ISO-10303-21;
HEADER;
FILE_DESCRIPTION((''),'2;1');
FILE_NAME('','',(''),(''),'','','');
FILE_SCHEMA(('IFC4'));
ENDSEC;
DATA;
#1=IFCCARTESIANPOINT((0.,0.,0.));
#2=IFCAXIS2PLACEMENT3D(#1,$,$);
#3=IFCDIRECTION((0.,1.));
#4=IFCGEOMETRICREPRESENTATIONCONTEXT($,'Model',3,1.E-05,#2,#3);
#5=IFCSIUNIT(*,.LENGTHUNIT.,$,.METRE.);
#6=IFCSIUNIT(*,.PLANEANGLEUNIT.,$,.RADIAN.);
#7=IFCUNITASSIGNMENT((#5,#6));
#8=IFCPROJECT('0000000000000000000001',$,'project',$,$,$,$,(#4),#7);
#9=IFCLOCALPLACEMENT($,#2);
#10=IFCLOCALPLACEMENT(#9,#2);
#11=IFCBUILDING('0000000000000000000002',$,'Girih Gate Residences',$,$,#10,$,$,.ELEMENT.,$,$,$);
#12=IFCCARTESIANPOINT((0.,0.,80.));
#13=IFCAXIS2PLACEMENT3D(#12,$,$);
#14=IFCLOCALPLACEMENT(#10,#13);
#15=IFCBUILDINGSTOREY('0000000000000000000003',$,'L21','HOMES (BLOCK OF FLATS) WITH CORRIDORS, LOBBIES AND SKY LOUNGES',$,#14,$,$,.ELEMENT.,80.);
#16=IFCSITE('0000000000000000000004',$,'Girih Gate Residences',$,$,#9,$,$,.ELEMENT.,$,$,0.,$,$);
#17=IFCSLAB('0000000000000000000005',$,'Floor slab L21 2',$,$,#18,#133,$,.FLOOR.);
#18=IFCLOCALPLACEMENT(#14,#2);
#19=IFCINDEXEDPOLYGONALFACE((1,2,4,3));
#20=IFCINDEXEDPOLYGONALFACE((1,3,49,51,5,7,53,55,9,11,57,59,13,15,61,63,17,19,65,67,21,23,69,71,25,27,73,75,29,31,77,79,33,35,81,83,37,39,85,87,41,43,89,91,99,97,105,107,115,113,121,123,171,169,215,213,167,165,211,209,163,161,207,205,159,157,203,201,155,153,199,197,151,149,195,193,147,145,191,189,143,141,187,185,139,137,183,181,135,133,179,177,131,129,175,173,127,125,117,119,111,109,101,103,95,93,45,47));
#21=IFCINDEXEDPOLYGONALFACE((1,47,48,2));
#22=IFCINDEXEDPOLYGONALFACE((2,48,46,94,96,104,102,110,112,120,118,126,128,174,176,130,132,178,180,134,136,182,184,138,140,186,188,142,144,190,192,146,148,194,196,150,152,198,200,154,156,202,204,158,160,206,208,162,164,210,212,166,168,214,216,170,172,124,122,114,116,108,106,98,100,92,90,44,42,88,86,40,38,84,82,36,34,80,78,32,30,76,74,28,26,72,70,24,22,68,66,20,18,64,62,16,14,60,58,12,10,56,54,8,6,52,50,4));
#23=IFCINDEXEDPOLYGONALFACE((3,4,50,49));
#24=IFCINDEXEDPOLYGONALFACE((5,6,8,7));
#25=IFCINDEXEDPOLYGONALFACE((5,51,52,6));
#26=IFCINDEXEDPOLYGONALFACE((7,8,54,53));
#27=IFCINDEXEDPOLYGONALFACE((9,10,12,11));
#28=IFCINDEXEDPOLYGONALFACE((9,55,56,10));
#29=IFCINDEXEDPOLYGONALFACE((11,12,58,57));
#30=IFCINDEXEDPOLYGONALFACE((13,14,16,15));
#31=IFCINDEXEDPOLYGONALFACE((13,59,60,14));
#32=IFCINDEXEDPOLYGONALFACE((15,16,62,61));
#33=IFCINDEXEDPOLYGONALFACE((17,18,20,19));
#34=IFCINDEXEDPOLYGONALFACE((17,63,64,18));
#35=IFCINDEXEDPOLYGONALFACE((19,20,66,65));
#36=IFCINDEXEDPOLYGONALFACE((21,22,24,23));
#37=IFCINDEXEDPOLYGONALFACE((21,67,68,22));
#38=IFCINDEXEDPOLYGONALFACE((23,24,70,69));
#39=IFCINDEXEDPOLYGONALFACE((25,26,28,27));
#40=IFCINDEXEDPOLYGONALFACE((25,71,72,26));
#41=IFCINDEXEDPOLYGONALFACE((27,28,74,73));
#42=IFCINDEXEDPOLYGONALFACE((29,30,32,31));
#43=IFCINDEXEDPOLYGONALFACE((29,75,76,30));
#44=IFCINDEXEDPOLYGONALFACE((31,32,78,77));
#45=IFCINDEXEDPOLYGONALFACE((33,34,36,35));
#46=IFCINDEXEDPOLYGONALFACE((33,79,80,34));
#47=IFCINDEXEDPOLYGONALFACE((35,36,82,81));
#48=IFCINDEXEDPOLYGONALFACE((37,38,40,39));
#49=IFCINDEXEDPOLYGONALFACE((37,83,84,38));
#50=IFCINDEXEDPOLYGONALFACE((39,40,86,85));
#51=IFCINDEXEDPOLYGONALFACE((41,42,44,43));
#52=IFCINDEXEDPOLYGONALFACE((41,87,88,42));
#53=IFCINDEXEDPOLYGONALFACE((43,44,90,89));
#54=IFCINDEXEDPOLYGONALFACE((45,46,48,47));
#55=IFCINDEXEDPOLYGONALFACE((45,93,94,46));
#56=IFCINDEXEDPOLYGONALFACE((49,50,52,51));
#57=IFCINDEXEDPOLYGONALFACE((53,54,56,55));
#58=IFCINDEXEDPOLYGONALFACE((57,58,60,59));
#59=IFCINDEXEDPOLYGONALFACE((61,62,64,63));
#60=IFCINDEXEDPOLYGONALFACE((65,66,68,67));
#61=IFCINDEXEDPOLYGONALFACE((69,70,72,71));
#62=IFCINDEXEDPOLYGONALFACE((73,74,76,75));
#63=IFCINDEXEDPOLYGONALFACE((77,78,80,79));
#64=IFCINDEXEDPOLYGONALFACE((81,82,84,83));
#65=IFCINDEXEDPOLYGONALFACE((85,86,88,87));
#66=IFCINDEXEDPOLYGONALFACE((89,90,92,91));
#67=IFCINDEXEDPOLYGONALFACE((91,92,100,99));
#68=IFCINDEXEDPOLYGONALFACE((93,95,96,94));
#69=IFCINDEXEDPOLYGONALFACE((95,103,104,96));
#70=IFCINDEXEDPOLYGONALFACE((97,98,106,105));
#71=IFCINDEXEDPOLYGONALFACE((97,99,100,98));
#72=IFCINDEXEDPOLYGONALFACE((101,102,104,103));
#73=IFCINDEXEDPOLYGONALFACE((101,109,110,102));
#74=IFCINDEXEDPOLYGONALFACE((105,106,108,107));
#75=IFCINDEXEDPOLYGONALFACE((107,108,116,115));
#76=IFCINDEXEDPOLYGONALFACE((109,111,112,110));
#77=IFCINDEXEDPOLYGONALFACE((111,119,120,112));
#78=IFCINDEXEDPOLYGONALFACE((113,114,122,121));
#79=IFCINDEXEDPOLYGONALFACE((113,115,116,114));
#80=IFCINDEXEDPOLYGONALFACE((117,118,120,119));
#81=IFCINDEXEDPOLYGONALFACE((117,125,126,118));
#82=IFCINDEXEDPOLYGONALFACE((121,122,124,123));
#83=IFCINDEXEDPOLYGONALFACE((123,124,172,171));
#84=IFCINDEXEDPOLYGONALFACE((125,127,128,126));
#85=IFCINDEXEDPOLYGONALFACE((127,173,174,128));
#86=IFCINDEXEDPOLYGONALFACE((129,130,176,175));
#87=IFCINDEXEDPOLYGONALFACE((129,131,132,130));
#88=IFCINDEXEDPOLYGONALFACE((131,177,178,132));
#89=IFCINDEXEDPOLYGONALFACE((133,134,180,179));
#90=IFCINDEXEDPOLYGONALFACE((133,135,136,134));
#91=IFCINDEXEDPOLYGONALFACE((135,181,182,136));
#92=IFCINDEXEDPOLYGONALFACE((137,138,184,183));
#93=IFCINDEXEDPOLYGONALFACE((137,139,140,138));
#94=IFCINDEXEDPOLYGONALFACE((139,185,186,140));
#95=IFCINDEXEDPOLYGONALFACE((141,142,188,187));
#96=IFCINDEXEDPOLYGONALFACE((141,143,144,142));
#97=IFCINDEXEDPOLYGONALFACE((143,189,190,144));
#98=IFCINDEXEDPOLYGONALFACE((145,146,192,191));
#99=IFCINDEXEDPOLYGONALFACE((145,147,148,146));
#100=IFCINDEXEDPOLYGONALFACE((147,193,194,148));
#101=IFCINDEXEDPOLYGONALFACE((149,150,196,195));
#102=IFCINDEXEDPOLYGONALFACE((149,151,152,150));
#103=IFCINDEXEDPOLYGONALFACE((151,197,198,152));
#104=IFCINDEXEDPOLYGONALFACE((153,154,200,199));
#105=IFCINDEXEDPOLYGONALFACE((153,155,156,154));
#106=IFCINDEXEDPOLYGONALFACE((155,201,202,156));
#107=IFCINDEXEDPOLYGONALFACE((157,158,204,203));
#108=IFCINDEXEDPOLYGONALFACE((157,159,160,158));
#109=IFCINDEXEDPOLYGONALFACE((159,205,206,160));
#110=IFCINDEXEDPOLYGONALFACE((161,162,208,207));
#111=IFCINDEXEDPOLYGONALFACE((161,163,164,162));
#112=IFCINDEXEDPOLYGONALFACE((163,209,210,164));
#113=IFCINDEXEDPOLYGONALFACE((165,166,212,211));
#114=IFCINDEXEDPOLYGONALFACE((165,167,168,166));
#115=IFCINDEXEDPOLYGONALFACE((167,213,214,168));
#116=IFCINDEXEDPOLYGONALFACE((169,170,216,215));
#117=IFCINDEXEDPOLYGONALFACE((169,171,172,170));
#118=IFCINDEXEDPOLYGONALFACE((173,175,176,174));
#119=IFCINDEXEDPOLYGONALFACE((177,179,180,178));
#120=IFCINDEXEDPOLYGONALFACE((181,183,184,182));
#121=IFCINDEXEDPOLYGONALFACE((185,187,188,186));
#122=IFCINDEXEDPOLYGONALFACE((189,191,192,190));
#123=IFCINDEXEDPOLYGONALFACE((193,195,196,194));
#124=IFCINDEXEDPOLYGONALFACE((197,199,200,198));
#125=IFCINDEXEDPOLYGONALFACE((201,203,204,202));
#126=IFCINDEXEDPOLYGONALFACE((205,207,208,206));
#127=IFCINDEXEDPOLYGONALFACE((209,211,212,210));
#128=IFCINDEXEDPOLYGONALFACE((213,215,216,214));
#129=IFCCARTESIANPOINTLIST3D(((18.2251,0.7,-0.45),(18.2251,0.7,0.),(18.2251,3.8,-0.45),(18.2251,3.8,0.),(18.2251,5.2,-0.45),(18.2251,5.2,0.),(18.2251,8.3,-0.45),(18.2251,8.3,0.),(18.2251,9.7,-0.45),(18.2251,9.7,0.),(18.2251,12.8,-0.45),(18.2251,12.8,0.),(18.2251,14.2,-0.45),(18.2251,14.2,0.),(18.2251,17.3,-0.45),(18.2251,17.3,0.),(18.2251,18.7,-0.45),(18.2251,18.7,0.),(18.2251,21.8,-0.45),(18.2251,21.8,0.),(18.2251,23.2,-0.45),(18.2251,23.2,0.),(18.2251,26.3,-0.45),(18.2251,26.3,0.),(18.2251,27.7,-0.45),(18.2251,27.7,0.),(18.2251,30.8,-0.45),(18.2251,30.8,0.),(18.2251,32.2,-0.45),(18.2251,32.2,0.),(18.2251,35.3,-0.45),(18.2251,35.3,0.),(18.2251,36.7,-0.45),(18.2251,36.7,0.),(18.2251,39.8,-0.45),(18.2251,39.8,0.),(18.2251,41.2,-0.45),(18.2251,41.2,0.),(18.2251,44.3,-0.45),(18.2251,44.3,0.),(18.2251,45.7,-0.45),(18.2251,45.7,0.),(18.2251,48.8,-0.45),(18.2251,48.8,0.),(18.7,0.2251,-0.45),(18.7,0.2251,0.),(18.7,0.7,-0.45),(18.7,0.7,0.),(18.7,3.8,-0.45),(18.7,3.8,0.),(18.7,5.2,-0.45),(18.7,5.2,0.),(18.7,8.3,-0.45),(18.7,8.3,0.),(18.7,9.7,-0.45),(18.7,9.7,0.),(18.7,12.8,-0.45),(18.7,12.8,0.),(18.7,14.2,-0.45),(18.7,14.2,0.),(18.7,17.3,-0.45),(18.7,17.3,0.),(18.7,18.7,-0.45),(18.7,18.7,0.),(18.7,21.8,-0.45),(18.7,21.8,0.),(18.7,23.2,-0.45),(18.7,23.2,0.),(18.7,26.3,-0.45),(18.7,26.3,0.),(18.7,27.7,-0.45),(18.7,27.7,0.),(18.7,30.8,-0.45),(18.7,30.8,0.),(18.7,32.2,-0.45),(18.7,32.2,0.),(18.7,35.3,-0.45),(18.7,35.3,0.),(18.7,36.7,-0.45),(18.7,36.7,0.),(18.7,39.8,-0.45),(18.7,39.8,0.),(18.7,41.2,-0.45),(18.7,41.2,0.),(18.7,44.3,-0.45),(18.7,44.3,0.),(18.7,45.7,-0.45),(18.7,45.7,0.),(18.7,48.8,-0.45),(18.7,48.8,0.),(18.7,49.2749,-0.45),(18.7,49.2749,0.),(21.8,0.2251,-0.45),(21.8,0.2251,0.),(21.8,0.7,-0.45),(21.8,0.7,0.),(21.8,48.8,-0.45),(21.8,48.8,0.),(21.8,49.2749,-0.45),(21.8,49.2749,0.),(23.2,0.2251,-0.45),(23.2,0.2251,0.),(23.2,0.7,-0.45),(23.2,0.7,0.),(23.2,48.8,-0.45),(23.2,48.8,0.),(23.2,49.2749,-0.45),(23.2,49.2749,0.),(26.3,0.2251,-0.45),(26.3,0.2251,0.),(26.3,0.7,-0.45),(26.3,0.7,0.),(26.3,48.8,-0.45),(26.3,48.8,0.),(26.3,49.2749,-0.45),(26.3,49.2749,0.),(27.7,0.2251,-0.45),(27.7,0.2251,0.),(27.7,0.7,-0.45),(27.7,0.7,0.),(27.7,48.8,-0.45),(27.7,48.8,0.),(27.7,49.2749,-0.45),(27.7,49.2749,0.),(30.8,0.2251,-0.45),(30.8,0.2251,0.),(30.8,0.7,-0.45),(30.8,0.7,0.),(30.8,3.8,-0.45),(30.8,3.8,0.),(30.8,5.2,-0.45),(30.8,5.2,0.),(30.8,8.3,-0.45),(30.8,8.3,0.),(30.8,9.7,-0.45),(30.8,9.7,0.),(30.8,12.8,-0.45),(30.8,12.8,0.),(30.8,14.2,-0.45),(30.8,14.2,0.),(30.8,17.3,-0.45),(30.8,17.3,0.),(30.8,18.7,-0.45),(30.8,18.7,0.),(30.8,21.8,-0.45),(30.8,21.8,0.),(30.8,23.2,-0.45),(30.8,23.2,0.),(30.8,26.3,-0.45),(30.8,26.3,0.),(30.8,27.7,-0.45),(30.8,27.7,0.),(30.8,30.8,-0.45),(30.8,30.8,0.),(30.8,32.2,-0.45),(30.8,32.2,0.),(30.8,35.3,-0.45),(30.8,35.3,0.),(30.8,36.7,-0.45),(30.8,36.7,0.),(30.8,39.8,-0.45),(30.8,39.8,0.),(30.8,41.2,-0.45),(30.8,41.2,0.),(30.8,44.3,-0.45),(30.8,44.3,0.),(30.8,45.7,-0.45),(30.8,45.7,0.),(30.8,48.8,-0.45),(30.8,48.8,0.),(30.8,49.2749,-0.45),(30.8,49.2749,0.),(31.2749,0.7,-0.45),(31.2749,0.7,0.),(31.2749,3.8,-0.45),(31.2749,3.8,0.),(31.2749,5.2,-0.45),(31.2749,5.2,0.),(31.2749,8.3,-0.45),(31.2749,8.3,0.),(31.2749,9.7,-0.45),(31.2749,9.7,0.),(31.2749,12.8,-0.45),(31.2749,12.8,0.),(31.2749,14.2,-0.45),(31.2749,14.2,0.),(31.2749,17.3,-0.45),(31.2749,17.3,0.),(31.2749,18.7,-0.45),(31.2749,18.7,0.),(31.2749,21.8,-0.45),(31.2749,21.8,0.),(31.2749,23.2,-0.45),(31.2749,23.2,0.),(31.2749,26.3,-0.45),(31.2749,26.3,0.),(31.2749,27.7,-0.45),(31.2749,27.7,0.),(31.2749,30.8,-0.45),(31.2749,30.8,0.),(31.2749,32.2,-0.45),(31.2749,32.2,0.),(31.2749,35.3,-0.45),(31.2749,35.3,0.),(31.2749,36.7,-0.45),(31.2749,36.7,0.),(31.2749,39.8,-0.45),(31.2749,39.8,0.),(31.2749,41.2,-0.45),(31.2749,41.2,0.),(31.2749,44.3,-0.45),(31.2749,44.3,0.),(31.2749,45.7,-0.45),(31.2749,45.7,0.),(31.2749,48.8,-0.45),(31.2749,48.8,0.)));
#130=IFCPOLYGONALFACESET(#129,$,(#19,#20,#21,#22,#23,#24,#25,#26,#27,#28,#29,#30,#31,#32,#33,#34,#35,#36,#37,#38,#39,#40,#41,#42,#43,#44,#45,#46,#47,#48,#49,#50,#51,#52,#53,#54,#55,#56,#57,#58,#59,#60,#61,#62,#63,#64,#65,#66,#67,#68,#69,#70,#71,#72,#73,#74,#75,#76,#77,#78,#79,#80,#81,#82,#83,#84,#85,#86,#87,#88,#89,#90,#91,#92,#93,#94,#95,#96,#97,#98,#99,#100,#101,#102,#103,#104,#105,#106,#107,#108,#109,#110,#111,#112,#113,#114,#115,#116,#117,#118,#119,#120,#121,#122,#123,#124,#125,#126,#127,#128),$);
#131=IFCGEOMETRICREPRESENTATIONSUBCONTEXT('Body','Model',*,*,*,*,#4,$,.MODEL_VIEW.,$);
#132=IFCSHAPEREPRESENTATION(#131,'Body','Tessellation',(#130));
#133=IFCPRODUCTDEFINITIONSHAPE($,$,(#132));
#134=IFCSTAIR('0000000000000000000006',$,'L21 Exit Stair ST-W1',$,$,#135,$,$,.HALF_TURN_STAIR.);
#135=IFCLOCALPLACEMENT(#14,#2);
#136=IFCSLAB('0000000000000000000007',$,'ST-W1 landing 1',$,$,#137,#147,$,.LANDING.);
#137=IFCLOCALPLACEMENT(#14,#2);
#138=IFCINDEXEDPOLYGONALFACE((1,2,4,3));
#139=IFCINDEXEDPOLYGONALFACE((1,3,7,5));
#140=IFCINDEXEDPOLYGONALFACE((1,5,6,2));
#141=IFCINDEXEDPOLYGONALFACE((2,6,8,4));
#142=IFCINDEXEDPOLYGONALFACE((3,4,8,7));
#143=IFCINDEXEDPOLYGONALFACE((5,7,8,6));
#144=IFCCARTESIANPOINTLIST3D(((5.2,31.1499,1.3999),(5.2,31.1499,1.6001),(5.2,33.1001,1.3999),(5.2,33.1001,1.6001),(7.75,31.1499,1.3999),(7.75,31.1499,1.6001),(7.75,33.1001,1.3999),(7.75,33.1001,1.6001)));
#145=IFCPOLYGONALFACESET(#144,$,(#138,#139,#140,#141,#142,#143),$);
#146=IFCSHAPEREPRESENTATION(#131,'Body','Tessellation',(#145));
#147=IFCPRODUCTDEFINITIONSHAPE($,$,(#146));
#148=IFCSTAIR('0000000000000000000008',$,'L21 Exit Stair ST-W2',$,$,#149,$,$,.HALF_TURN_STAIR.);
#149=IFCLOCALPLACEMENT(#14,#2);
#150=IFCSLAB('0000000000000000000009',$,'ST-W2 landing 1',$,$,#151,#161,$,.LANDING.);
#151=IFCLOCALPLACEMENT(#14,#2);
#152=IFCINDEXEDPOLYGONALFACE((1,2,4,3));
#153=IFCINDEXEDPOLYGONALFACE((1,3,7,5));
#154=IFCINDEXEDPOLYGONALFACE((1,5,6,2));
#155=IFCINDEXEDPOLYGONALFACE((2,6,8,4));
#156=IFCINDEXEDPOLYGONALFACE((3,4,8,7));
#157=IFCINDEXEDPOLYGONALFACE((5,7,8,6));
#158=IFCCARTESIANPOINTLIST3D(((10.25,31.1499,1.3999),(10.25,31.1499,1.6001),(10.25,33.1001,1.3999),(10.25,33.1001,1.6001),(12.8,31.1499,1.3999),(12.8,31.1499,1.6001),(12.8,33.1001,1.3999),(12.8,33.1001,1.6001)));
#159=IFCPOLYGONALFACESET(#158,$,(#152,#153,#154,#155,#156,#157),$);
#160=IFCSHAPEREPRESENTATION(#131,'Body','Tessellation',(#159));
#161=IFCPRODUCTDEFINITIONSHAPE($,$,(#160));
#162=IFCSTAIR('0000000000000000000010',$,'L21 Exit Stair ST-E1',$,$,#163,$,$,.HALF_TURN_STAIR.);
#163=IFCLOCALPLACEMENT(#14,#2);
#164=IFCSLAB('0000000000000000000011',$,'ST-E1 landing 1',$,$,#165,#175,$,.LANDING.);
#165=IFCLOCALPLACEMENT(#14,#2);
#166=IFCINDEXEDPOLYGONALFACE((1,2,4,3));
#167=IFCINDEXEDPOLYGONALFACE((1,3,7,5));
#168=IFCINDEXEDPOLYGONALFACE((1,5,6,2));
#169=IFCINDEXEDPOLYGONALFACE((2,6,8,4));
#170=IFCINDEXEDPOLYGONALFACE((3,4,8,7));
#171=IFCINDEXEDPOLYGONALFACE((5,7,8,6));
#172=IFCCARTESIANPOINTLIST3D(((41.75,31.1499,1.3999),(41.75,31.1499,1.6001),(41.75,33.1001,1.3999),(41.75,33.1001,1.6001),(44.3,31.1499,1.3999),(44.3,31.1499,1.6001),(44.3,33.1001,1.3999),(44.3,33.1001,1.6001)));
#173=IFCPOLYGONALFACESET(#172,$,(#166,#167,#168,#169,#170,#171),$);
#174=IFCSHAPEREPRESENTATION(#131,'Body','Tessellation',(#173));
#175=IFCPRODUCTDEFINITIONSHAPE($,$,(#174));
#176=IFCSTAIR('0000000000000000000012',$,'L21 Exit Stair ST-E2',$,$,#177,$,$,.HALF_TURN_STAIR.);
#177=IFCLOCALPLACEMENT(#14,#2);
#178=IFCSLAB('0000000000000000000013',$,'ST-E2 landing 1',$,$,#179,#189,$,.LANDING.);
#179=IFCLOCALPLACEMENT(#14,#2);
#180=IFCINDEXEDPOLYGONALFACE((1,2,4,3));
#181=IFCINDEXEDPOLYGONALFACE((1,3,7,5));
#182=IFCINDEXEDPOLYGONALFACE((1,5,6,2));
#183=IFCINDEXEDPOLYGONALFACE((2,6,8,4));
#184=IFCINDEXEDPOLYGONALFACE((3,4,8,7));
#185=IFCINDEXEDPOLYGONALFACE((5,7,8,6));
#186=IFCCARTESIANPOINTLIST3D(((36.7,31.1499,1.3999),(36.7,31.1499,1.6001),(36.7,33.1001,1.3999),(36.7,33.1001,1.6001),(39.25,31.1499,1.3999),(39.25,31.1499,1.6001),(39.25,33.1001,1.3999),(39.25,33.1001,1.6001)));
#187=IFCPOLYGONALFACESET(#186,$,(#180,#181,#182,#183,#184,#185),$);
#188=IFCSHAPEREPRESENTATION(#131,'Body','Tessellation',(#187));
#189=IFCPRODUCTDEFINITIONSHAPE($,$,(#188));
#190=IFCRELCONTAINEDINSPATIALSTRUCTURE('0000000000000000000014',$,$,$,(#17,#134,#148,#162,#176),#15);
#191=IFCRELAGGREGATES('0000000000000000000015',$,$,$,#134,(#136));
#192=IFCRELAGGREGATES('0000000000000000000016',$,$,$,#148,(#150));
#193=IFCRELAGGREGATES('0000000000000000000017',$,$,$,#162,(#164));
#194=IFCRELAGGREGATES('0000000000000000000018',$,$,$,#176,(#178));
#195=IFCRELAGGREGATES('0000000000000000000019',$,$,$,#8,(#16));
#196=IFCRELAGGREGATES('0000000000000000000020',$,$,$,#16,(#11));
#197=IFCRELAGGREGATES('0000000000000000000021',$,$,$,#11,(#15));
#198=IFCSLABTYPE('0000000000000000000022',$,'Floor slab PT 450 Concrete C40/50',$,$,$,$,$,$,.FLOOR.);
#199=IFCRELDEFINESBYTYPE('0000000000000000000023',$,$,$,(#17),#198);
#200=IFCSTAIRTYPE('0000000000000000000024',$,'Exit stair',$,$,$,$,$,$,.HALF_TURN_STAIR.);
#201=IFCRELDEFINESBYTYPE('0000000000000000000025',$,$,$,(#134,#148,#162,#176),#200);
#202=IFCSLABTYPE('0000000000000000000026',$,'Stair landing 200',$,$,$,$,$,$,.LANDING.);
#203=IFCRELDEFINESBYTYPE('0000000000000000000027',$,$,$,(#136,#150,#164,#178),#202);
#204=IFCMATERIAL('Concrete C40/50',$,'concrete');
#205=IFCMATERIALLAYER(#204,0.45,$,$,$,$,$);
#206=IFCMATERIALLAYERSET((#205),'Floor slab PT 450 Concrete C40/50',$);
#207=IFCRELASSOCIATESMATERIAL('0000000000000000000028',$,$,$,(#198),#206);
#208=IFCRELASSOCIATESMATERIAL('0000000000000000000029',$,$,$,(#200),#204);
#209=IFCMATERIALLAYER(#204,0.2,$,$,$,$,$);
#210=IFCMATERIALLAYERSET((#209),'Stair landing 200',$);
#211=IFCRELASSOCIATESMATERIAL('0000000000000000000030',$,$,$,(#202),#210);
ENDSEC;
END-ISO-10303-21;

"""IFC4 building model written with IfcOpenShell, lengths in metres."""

from ifc_helpers import new_model, si_unit, direction, frame, origin, place, context, subcontext, project, spatial, polyline, outline, extrude, material, layer, layer_set, type_object, element, aggregate, save


model = new_model("IFC4")

# Units and contexts
model_context = context("Model", 3, precision=1e-05, world=origin(), true_north=direction((0.0, 1.0)))
body_context = subcontext(model_context, "Body", "Model", "MODEL_VIEW")
ifc_project = project(units=[si_unit("LENGTHUNIT", "METRE"), si_unit("PLANEANGLEUNIT", "RADIAN")], contexts=[model_context])

# Site, building, storey
site_placement = place(None, origin())
site = spatial("IfcSite", under=ifc_project, at=site_placement, Name="Girih Gate Residences", CompositionType="ELEMENT", RefElevation=0.0)
building_placement = place(site_placement, origin())
building = spatial("IfcBuilding", under=site, at=building_placement, Name="Girih Gate Residences", CompositionType="ELEMENT")
storey_placement = place(building_placement, frame((0.0, 0.0, 80.0)))
storey = spatial("IfcBuildingStorey", under=building, at=storey_placement, Name="L21", Description="HOMES (BLOCK OF FLATS) WITH CORRIDORS, LOBBIES AND SKY LOUNGES", CompositionType="ELEMENT", Elevation=80.0)

# Slab
ifc_material_1 = material(Name="Concrete C40/50", Category="concrete")
ifc_layer_1 = layer(ifc_material_1, 0.45)
ifc_layer_set_1 = layer_set([ifc_layer_1], Name="Floor slab PT 450 Concrete C40/50")
slab_type_1 = type_object("IfcSlabType", Name="Floor slab PT 450 Concrete C40/50", PredefinedType="FLOOR", material=ifc_layer_set_1)
slab_1_placement = place(storey_placement, frame((0.0, 0.0, -0.45)))
element("IfcSlab", 1, at=slab_1_placement, inside=storey, type_object=slab_type_1, Name="Floor slab L21 2", PredefinedType="FLOOR", context=body_context, shape_type="SweptSolid", body=[
    extrude(outline(polyline([(21.8, 49.2749), (18.7, 49.2749), (18.7, 48.8), (18.2251, 48.8), (18.2251, 45.7), (18.7, 45.7), (18.7, 44.3), (18.2251, 44.3), (18.2251, 41.2), (18.7, 41.2), (18.7, 39.8), (18.2251, 39.8), (18.2251, 36.7), (18.7, 36.7), (18.7, 35.3), (18.2251, 35.3), (18.2251, 32.2), (18.7, 32.2), (18.7, 30.8), (18.2251, 30.8), (18.2251, 27.7), (18.7, 27.7), (18.7, 26.3), (18.2251, 26.3), (18.2251, 23.2), (18.7, 23.2), (18.7, 21.8), (18.2251, 21.8), (18.2251, 18.7), (18.7, 18.7), (18.7, 17.3), (18.2251, 17.3), (18.2251, 14.2), (18.7, 14.2), (18.7, 12.8), (18.2251, 12.8), (18.2251, 9.7), (18.7, 9.7), (18.7, 8.3), (18.2251, 8.3), (18.2251, 5.2), (18.7, 5.2), (18.7, 3.8), (18.2251, 3.8), (18.2251, 0.7), (18.7, 0.7), (18.7, 0.2251), (21.8, 0.2251), (21.8, 0.7), (23.2, 0.7), (23.2, 0.2251), (26.3, 0.2251), (26.3, 0.7), (27.7, 0.7), (27.7, 0.2251), (30.8, 0.2251), (30.8, 0.7), (31.2749, 0.7), (31.2749, 3.8), (30.8, 3.8), (30.8, 5.2), (31.2749, 5.2), (31.2749, 8.3), (30.8, 8.3), (30.8, 9.7), (31.2749, 9.7), (31.2749, 12.8), (30.8, 12.8), (30.8, 14.2), (31.2749, 14.2), (31.2749, 17.3), (30.8, 17.3), (30.8, 18.7), (31.2749, 18.7), (31.2749, 21.8), (30.8, 21.8), (30.8, 23.2), (31.2749, 23.2), (31.2749, 26.3), (30.8, 26.3), (30.8, 27.7), (31.2749, 27.7), (31.2749, 30.8), (30.8, 30.8), (30.8, 32.2), (31.2749, 32.2), (31.2749, 35.3), (30.8, 35.3), (30.8, 36.7), (31.2749, 36.7), (31.2749, 39.8), (30.8, 39.8), (30.8, 41.2), (31.2749, 41.2), (31.2749, 44.3), (30.8, 44.3), (30.8, 45.7), (31.2749, 45.7), (31.2749, 48.8), (30.8, 48.8), (30.8, 49.2749), (27.7, 49.2749), (27.7, 48.8), (26.3, 48.8), (26.3, 49.2749), (23.2, 49.2749), (23.2, 48.8), (21.8, 48.8), (21.8, 49.2749)])), origin(), (0.0, 0.0, 1.0), 0.45),
])

# Stairs, slabs
stair_type = type_object("IfcStairType", Name="Exit stair", PredefinedType="HALF_TURN_STAIR", material=ifc_material_1)
stair_1_placement = place(storey_placement, origin())
stair_1 = element("IfcStair", 2, at=stair_1_placement, inside=storey, type_object=stair_type, Name="L21 Exit Stair ST-W1", PredefinedType="HALF_TURN_STAIR")
ifc_layer_2 = layer(ifc_material_1, 0.2)
ifc_layer_set_2 = layer_set([ifc_layer_2], Name="Stair landing 200")
slab_type_2 = type_object("IfcSlabType", Name="Stair landing 200", PredefinedType="LANDING", material=ifc_layer_set_2)
slab_2_placement = place(storey_placement, frame((0.0, 0.0, 1.3999)))
slab_2 = element("IfcSlab", 3, at=slab_2_placement, type_object=slab_type_2, Name="ST-W1 landing 1", PredefinedType="LANDING", context=body_context, shape_type="SweptSolid", body=[
    extrude(outline(polyline([(7.75, 31.1499), (7.75, 33.1001), (5.2, 33.1001), (5.2, 31.1499), (7.75, 31.1499)])), origin(), (0.0, 0.0, 1.0), 0.2002),
])
aggregate(stair_1, [slab_2])
stair_2_placement = place(storey_placement, origin())
stair_2 = element("IfcStair", 4, at=stair_2_placement, inside=storey, type_object=stair_type, Name="L21 Exit Stair ST-W2", PredefinedType="HALF_TURN_STAIR")
slab_3_placement = place(storey_placement, frame((0.0, 0.0, 1.3999)))
slab_3 = element("IfcSlab", 5, at=slab_3_placement, type_object=slab_type_2, Name="ST-W2 landing 1", PredefinedType="LANDING", context=body_context, shape_type="SweptSolid", body=[
    extrude(outline(polyline([(12.8, 31.1499), (12.8, 33.1001), (10.25, 33.1001), (10.25, 31.1499), (12.8, 31.1499)])), origin(), (0.0, 0.0, 1.0), 0.2002),
])
aggregate(stair_2, [slab_3])
stair_3_placement = place(storey_placement, origin())
stair_3 = element("IfcStair", 6, at=stair_3_placement, inside=storey, type_object=stair_type, Name="L21 Exit Stair ST-E1", PredefinedType="HALF_TURN_STAIR")
slab_4_placement = place(storey_placement, frame((0.0, 0.0, 1.3999)))
slab_4 = element("IfcSlab", 7, at=slab_4_placement, type_object=slab_type_2, Name="ST-E1 landing 1", PredefinedType="LANDING", context=body_context, shape_type="SweptSolid", body=[
    extrude(outline(polyline([(44.3, 31.1499), (44.3, 33.1001), (41.75, 33.1001), (41.75, 31.1499), (44.3, 31.1499)])), origin(), (0.0, 0.0, 1.0), 0.2002),
])
aggregate(stair_3, [slab_4])
stair_4_placement = place(storey_placement, origin())
stair_4 = element("IfcStair", 8, at=stair_4_placement, inside=storey, type_object=stair_type, Name="L21 Exit Stair ST-E2", PredefinedType="HALF_TURN_STAIR")
slab_5_placement = place(storey_placement, frame((0.0, 0.0, 1.3999)))
slab_5 = element("IfcSlab", 9, at=slab_5_placement, type_object=slab_type_2, Name="ST-E2 landing 1", PredefinedType="LANDING", context=body_context, shape_type="SweptSolid", body=[
    extrude(outline(polyline([(39.25, 31.1499), (39.25, 33.1001), (36.7, 33.1001), (36.7, 31.1499), (39.25, 31.1499)])), origin(), (0.0, 0.0, 1.0), 0.2002),
])
aggregate(stair_4, [slab_5])

save(model, "model.ifc")
